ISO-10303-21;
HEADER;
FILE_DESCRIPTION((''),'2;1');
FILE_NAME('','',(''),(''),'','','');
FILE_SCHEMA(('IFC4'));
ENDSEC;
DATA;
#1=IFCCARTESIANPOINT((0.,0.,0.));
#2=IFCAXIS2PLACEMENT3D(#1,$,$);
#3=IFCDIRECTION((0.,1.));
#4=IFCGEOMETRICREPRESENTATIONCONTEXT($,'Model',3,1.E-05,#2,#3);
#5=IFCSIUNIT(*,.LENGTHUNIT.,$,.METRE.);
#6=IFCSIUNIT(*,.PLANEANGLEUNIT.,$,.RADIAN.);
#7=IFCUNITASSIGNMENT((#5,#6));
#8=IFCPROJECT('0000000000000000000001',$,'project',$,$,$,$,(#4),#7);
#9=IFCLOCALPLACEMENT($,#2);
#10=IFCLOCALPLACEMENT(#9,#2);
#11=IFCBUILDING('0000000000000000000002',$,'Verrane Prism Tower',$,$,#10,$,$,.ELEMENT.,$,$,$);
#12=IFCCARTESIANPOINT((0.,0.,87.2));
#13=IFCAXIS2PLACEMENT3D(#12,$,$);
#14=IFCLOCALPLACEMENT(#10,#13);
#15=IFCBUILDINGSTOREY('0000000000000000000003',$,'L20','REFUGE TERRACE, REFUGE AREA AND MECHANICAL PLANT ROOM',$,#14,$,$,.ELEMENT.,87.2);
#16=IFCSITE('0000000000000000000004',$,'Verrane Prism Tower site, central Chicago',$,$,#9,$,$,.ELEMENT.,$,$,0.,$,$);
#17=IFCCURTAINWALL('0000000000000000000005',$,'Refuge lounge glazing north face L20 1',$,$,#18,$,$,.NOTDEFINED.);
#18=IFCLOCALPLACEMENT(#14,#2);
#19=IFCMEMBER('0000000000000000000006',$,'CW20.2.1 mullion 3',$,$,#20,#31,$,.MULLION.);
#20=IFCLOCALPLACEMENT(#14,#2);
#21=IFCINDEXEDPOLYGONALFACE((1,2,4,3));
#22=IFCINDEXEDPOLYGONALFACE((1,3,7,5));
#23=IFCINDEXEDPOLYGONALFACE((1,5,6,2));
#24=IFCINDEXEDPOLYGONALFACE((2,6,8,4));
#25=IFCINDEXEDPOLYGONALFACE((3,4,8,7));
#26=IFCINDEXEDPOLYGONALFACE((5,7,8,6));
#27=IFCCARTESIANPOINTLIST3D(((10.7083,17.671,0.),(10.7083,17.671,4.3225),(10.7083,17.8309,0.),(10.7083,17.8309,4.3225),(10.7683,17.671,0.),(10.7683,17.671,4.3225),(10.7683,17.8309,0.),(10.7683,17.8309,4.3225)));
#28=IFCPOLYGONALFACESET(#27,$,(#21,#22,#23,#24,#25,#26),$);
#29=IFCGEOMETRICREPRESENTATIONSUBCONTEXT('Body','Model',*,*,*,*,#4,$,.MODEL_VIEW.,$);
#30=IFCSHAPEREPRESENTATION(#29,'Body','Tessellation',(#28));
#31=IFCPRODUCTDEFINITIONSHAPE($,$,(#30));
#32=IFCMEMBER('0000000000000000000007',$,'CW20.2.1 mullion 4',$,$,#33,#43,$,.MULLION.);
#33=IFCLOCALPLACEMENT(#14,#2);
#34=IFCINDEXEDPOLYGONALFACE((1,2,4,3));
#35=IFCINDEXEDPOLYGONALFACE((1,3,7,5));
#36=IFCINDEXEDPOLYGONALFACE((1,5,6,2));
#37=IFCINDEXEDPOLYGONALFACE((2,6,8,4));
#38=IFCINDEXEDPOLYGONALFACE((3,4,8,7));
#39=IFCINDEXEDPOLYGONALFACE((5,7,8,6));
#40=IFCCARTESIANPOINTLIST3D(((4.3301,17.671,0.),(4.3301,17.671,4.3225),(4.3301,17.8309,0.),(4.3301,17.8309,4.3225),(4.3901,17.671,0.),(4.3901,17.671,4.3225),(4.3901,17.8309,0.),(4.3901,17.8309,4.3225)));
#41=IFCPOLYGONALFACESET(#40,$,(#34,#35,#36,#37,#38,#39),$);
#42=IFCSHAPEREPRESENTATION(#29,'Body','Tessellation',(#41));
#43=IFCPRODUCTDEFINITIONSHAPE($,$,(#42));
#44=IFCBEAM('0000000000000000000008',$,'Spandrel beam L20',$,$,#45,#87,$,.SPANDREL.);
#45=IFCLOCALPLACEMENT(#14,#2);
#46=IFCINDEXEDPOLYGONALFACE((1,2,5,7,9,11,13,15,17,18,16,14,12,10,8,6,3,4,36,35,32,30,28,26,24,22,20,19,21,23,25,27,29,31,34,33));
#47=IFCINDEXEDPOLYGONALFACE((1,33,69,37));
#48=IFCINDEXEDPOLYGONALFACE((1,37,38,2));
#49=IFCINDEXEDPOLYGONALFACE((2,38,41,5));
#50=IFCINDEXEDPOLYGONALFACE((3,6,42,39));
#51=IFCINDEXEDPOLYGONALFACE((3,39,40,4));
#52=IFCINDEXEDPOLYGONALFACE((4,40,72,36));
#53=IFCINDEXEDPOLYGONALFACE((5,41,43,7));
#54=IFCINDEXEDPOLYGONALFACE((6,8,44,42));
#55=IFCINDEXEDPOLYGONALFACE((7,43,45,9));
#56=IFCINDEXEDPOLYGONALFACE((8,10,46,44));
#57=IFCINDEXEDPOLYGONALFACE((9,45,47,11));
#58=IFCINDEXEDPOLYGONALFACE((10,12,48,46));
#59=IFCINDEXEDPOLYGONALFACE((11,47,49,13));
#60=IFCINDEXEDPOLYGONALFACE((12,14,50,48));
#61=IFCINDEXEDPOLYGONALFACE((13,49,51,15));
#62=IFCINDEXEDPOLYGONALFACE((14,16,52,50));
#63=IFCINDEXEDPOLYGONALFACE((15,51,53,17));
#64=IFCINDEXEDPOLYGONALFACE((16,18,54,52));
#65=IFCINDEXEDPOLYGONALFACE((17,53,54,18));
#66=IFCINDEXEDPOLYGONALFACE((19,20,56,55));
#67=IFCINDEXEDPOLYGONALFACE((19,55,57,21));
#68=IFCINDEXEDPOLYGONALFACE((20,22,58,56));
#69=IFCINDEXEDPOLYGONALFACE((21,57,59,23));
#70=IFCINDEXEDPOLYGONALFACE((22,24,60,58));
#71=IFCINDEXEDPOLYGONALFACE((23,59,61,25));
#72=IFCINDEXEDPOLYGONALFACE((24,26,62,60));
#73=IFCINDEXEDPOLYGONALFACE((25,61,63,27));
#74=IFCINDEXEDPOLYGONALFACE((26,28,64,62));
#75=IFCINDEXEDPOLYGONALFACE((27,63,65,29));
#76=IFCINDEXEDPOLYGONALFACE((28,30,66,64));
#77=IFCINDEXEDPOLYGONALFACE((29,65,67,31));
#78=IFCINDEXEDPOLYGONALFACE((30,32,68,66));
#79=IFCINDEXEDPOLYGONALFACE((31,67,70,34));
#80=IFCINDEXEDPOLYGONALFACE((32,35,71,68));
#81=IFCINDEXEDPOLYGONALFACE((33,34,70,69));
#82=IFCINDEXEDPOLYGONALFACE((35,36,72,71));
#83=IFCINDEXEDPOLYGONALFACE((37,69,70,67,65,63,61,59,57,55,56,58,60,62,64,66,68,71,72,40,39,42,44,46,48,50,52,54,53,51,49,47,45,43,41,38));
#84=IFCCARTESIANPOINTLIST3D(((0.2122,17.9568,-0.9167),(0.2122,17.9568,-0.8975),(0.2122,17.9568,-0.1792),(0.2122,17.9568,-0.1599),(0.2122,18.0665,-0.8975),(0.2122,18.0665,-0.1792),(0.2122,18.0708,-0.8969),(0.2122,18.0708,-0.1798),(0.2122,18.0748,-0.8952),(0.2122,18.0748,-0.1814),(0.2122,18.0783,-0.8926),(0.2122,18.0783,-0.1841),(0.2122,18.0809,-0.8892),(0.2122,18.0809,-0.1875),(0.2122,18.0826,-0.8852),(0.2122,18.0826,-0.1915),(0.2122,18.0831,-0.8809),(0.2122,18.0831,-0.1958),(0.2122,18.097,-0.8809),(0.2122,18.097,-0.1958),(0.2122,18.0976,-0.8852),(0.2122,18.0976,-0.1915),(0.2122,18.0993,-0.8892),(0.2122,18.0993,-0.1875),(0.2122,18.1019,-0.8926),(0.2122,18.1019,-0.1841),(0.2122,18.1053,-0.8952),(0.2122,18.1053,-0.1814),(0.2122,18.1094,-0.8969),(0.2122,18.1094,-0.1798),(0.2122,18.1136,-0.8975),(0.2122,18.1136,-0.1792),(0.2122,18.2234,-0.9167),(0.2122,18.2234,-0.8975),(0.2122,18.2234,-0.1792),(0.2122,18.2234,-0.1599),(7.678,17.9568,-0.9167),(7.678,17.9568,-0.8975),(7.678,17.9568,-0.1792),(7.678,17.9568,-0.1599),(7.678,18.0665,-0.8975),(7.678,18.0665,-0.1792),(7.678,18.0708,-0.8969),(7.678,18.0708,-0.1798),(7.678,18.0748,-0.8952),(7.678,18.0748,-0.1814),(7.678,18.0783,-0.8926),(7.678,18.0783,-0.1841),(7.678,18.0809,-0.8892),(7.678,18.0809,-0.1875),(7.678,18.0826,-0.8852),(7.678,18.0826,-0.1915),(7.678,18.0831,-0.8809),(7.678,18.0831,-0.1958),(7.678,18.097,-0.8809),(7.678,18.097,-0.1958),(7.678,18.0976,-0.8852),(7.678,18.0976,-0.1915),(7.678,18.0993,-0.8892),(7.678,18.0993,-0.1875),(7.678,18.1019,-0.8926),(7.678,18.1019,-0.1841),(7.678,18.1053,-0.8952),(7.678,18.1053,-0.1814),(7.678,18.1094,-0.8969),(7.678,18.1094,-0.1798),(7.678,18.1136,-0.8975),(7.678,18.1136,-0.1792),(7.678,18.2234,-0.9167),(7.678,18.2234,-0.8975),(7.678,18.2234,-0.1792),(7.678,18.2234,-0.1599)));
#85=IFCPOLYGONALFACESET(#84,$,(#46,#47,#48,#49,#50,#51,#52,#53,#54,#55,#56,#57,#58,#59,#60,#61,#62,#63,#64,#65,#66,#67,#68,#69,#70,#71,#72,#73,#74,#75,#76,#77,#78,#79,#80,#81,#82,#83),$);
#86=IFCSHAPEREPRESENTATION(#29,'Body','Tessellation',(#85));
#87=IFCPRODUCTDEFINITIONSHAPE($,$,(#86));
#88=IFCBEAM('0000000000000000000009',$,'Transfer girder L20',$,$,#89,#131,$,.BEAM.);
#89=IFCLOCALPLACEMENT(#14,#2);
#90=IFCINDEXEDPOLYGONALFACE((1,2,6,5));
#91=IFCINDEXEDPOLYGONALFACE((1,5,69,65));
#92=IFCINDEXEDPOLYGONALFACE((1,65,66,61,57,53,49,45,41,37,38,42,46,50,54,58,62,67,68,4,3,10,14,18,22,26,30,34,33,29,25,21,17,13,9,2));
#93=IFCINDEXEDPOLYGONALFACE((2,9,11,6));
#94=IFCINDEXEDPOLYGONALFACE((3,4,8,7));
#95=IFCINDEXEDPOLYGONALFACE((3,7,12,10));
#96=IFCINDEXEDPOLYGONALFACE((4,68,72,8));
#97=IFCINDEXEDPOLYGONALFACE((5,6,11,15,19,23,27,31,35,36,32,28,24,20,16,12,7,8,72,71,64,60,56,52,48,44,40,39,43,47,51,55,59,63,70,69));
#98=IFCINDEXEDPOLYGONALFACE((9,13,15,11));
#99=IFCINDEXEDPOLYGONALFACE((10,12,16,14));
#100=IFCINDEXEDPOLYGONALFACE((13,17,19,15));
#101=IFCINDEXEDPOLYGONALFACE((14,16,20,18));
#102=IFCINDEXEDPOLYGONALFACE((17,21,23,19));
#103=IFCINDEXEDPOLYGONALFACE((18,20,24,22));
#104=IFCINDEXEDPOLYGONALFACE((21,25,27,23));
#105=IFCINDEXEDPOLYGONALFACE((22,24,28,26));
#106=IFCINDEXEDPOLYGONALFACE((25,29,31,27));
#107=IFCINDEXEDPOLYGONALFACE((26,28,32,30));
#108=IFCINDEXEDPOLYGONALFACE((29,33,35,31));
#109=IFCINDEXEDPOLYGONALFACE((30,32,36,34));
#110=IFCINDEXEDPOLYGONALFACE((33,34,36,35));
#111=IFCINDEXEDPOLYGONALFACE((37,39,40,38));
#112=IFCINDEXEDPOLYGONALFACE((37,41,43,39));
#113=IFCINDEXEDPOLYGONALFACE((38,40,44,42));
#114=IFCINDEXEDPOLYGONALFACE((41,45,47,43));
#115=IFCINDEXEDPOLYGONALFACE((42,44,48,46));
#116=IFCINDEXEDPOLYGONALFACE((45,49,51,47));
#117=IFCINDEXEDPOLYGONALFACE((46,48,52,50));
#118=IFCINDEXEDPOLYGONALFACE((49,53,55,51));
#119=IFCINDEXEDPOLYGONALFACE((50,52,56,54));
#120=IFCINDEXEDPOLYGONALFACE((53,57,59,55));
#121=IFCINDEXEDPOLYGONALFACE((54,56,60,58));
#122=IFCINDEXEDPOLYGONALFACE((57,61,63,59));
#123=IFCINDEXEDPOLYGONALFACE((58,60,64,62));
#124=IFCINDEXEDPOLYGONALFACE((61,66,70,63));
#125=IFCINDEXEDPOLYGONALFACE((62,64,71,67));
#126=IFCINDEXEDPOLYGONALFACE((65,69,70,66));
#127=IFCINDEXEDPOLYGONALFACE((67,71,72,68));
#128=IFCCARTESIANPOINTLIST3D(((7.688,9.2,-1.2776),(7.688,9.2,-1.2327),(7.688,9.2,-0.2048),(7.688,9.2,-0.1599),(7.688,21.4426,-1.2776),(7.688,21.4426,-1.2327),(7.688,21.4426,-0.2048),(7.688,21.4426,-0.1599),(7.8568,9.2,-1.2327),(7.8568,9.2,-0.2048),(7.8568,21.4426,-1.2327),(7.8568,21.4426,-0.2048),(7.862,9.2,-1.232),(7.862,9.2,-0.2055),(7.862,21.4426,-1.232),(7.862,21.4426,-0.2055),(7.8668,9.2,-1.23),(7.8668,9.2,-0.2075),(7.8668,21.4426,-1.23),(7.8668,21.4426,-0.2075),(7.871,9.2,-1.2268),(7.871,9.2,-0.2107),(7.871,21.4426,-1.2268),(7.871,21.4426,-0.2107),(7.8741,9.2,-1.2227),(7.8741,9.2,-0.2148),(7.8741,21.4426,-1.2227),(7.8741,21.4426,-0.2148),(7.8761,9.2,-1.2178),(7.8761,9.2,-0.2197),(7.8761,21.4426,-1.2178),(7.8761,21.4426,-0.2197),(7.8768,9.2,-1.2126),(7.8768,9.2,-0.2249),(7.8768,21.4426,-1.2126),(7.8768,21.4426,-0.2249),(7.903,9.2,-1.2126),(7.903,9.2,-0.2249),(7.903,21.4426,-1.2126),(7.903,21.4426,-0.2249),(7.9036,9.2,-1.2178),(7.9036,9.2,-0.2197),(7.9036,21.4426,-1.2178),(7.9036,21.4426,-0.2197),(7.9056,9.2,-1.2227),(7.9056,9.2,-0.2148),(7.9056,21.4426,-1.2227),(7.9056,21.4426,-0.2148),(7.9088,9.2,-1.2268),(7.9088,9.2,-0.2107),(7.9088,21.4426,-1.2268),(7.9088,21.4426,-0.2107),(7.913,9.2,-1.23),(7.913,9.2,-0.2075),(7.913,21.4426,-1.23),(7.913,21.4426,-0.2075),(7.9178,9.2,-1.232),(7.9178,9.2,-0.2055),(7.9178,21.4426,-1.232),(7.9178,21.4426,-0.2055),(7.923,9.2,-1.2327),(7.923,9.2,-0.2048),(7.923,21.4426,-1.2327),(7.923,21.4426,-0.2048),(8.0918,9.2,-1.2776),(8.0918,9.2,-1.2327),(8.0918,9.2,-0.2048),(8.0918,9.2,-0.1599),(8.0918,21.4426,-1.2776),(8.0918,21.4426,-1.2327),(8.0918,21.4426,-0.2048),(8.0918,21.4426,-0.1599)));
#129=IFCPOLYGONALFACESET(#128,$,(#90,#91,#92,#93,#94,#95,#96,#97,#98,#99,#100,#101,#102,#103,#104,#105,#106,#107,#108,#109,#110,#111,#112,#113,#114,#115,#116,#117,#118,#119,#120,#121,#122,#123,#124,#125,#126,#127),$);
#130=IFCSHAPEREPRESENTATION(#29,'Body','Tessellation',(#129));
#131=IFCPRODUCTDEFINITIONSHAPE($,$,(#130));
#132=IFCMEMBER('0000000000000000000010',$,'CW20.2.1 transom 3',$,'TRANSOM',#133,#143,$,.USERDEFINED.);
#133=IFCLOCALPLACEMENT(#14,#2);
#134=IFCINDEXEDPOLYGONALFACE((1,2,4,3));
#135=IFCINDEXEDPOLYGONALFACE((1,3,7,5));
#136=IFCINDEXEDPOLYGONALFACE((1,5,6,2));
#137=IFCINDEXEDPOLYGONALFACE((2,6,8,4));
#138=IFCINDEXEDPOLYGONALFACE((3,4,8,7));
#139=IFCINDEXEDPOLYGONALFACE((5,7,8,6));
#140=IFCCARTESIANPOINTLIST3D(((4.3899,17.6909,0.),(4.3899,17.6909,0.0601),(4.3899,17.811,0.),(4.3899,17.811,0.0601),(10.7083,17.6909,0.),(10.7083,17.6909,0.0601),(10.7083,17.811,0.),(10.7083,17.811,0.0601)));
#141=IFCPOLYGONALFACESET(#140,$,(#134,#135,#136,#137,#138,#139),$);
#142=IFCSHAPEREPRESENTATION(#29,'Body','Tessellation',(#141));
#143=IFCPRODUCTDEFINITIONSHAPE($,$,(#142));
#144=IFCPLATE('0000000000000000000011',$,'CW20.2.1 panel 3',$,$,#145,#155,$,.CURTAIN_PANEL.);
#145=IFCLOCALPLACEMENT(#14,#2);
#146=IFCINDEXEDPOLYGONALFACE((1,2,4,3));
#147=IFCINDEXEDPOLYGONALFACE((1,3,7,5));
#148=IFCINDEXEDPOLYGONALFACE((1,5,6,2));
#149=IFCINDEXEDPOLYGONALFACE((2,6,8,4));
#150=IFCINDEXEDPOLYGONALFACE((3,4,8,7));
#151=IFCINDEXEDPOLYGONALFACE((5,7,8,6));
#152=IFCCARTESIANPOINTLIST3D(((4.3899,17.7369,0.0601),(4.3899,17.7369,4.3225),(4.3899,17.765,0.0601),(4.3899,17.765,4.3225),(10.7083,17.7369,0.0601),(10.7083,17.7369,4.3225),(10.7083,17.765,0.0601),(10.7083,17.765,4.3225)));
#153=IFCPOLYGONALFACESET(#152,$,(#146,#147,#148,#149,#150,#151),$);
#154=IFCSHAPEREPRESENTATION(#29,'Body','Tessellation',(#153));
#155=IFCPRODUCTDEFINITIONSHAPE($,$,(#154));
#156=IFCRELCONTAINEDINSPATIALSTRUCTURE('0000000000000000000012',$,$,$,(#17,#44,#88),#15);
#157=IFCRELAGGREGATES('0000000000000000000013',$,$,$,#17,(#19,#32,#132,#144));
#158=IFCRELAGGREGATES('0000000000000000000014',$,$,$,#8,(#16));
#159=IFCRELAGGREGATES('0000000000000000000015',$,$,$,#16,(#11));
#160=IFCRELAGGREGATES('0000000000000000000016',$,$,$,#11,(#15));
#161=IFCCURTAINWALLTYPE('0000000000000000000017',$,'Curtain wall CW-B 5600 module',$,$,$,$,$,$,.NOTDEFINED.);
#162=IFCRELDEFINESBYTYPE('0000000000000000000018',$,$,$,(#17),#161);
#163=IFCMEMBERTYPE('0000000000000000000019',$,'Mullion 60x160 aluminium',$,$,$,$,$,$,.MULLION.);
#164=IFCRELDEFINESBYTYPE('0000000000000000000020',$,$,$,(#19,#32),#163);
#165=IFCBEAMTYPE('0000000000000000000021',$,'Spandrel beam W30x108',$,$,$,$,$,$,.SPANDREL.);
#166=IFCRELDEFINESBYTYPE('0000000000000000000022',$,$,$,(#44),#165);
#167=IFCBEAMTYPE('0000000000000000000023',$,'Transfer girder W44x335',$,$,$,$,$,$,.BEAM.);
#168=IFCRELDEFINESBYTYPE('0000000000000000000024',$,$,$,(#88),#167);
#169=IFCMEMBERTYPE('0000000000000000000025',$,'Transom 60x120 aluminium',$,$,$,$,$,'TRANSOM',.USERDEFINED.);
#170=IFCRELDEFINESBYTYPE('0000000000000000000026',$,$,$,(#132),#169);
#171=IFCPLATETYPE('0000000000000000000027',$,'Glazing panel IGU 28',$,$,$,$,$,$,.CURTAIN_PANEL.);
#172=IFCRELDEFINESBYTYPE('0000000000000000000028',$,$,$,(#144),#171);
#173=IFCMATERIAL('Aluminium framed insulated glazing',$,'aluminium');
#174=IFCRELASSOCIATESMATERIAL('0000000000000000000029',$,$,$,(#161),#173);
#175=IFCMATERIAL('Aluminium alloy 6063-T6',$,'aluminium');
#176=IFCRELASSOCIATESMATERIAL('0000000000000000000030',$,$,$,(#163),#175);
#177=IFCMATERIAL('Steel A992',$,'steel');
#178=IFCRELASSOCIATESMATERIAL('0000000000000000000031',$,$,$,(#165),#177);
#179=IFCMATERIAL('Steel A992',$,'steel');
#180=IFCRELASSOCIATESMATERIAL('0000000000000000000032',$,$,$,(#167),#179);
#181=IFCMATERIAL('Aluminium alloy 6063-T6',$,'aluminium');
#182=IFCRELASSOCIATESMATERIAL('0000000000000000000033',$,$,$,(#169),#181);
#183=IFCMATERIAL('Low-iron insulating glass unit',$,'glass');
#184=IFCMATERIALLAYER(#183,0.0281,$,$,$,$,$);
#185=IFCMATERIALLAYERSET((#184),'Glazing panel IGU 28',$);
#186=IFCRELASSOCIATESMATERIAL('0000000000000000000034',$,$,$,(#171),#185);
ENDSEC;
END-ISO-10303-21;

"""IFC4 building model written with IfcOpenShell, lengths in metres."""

from ifc_helpers import new_model, si_unit, direction, frame, origin, origin_2d, place, context, subcontext, project, spatial, rectangle, i_section, extrude, material, layer, layer_set, material_profile, profile_set, type_object, element, aggregate, save


model = new_model("IFC4")

# Units and contexts
model_context = context("Model", 3, precision=1e-05, world=origin(), true_north=direction((0.0, 1.0)))
body_context = subcontext(model_context, "Body", "Model", "MODEL_VIEW")
ifc_project = project(units=[si_unit("LENGTHUNIT", "METRE"), si_unit("PLANEANGLEUNIT", "RADIAN")], contexts=[model_context])

# Site, building, storey
site_placement = place(None, origin())
site = spatial("IfcSite", under=ifc_project, at=site_placement, Name="Verrane Prism Tower site, central Chicago", CompositionType="ELEMENT", RefElevation=0.0)
building_placement = place(site_placement, origin())
building = spatial("IfcBuilding", under=site, at=building_placement, Name="Verrane Prism Tower", CompositionType="ELEMENT")
storey_placement = place(building_placement, frame((0.0, 0.0, 87.2)))
storey = spatial("IfcBuildingStorey", under=building, at=storey_placement, Name="L20", Description="REFUGE TERRACE, REFUGE AREA AND MECHANICAL PLANT ROOM", CompositionType="ELEMENT", Elevation=87.2)

# Curtain wall, members
ifc_material_1 = material(Name="Aluminium framed insulated glazing", Category="aluminium")
curtain_wall_type = type_object("IfcCurtainWallType", Name="Curtain wall CW-B 5600 module", PredefinedType="NOTDEFINED", material=ifc_material_1)
curtain_wall_placement = place(storey_placement, origin())
curtain_wall = element("IfcCurtainWall", 1, at=curtain_wall_placement, inside=storey, type_object=curtain_wall_type, Name="Refuge lounge glazing north face L20 1", PredefinedType="NOTDEFINED")
ifc_material_2 = material(Name="Aluminium alloy 6063-T6", Category="aluminium")
ifc_material_profile_1 = material_profile(ifc_material_2, rectangle(XDim=0.1599, YDim=0.0601, at=origin_2d()), Name="Mullion 60x160 aluminium")
ifc_profile_set_1 = profile_set([ifc_material_profile_1], Name="Aluminium alloy 6063-T6")
member_type_1 = type_object("IfcMemberType", Name="Mullion 60x160 aluminium", PredefinedType="MULLION", material=ifc_profile_set_1)
member_1_placement = place(storey_placement, frame((10.7383, 17.751, 0.0), z_axis=(0.0, 0.0, 1.0), x_axis=(0.0, -1.0, 0.0)))
member_1 = element("IfcMember", 2, at=member_1_placement, type_object=member_type_1, Name="CW20.2.1 mullion 3", PredefinedType="MULLION", context=body_context, shape_type="SweptSolid", body=[
    extrude(rectangle(XDim=0.1599, YDim=0.0601, at=origin_2d()), origin(), (0.0, 0.0, 1.0), 4.3225),
])
member_2_placement = place(storey_placement, frame((4.3601, 17.751, 0.0), z_axis=(0.0, 0.0, 1.0), x_axis=(0.0, -1.0, 0.0)))
member_2 = element("IfcMember", 3, at=member_2_placement, type_object=member_type_1, Name="CW20.2.1 mullion 4", PredefinedType="MULLION", context=body_context, shape_type="SweptSolid", body=[
    extrude(rectangle(XDim=0.1599, YDim=0.0601, at=origin_2d()), origin(), (0.0, 0.0, 1.0), 4.3225),
])

# Beams
ifc_material_3 = material(Name="Steel A992", Category="steel")
ifc_material_profile_2 = material_profile(ifc_material_3, i_section(OverallWidth=0.2666, OverallDepth=0.7568, WebThickness=0.0139, FlangeThickness=0.0193, FilletRadius=0.0166, at=origin_2d()), Name="W30x108")
ifc_profile_set_2 = profile_set([ifc_material_profile_2], Name="Steel A992")
beam_type_1 = type_object("IfcBeamType", Name="Spandrel beam W30x108", PredefinedType="SPANDREL", material=ifc_profile_set_2)
beam_1_placement = place(storey_placement, frame((7.678, 18.0901, -0.5383), z_axis=(-1.0, 0.0, 0.0), x_axis=(0.0, -1.0, 0.0)))
element("IfcBeam", 4, at=beam_1_placement, inside=storey, type_object=beam_type_1, Name="Spandrel beam L20", PredefinedType="SPANDREL", context=body_context, shape_type="SweptSolid", body=[
    extrude(i_section(OverallWidth=0.2666, OverallDepth=0.7568, WebThickness=0.0139, FlangeThickness=0.0193, FilletRadius=0.0166, at=origin_2d()), origin(), (0.0, 0.0, 1.0), 7.4658),
])
ifc_material_4 = material(Name="Steel A992", Category="steel")
ifc_material_profile_3 = material_profile(ifc_material_4, i_section(OverallWidth=0.4038, OverallDepth=1.1177, WebThickness=0.0261, FlangeThickness=0.0449, FilletRadius=0.02, at=origin_2d()), Name="W44x335")
ifc_profile_set_3 = profile_set([ifc_material_profile_3], Name="Steel A992")
beam_type_2 = type_object("IfcBeamType", Name="Transfer girder W44x335", PredefinedType="BEAM", material=ifc_profile_set_3)
beam_2_placement = place(storey_placement, frame((7.8899, 21.4426, -0.7188), z_axis=(0.0, -1.0, 0.0), x_axis=(1.0, 0.0, 0.0)))
element("IfcBeam", 5, at=beam_2_placement, inside=storey, type_object=beam_type_2, Name="Transfer girder L20", PredefinedType="BEAM", context=body_context, shape_type="SweptSolid", body=[
    extrude(i_section(OverallWidth=0.4038, OverallDepth=1.1177, WebThickness=0.0261, FlangeThickness=0.0449, FilletRadius=0.02, at=origin_2d()), origin(), (0.0, 0.0, 1.0), 12.2427),
])

# Member
ifc_material_5 = material(Name="Aluminium alloy 6063-T6", Category="aluminium")
ifc_material_profile_4 = material_profile(ifc_material_5, rectangle(XDim=0.1201, YDim=0.0601, at=origin_2d()), Name="Transom 60x120 aluminium")
ifc_profile_set_4 = profile_set([ifc_material_profile_4], Name="Aluminium alloy 6063-T6")
member_type_2 = type_object("IfcMemberType", Name="Transom 60x120 aluminium", ElementType="TRANSOM", PredefinedType="USERDEFINED", material=ifc_profile_set_4)
member_3_placement = place(storey_placement, frame((10.7083, 17.751, 0.03), z_axis=(-1.0, 0.0, 0.0), x_axis=(0.0, -1.0, 0.0)))
member_3 = element("IfcMember", 6, at=member_3_placement, type_object=member_type_2, Name="CW20.2.1 transom 3", ObjectType="TRANSOM", PredefinedType="USERDEFINED", context=body_context, shape_type="SweptSolid", body=[
    extrude(rectangle(XDim=0.1201, YDim=0.0601, at=origin_2d()), origin(), (0.0, 0.0, 1.0), 6.3184),
])

# Plate
ifc_material_6 = material(Name="Low-iron insulating glass unit", Category="glass")
ifc_layer_1 = layer(ifc_material_6, 0.0281)
ifc_layer_set_1 = layer_set([ifc_layer_1], Name="Glazing panel IGU 28")
plate_type = type_object("IfcPlateType", Name="Glazing panel IGU 28", PredefinedType="CURTAIN_PANEL", material=ifc_layer_set_1)
plate_placement = place(storey_placement, frame((7.5491, 17.751, 0.0601), z_axis=(0.0, 0.0, 1.0), x_axis=(-1.0, 0.0, 0.0)))
plate = element("IfcPlate", 7, at=plate_placement, type_object=plate_type, Name="CW20.2.1 panel 3", PredefinedType="CURTAIN_PANEL", context=body_context, shape_type="SweptSolid", body=[
    extrude(rectangle(XDim=6.3184, YDim=0.0281, at=origin_2d()), origin(), (0.0, 0.0, 1.0), 4.2625),
])
aggregate(curtain_wall, [member_1, member_2, member_3, plate])

save(model, "model.ifc")
